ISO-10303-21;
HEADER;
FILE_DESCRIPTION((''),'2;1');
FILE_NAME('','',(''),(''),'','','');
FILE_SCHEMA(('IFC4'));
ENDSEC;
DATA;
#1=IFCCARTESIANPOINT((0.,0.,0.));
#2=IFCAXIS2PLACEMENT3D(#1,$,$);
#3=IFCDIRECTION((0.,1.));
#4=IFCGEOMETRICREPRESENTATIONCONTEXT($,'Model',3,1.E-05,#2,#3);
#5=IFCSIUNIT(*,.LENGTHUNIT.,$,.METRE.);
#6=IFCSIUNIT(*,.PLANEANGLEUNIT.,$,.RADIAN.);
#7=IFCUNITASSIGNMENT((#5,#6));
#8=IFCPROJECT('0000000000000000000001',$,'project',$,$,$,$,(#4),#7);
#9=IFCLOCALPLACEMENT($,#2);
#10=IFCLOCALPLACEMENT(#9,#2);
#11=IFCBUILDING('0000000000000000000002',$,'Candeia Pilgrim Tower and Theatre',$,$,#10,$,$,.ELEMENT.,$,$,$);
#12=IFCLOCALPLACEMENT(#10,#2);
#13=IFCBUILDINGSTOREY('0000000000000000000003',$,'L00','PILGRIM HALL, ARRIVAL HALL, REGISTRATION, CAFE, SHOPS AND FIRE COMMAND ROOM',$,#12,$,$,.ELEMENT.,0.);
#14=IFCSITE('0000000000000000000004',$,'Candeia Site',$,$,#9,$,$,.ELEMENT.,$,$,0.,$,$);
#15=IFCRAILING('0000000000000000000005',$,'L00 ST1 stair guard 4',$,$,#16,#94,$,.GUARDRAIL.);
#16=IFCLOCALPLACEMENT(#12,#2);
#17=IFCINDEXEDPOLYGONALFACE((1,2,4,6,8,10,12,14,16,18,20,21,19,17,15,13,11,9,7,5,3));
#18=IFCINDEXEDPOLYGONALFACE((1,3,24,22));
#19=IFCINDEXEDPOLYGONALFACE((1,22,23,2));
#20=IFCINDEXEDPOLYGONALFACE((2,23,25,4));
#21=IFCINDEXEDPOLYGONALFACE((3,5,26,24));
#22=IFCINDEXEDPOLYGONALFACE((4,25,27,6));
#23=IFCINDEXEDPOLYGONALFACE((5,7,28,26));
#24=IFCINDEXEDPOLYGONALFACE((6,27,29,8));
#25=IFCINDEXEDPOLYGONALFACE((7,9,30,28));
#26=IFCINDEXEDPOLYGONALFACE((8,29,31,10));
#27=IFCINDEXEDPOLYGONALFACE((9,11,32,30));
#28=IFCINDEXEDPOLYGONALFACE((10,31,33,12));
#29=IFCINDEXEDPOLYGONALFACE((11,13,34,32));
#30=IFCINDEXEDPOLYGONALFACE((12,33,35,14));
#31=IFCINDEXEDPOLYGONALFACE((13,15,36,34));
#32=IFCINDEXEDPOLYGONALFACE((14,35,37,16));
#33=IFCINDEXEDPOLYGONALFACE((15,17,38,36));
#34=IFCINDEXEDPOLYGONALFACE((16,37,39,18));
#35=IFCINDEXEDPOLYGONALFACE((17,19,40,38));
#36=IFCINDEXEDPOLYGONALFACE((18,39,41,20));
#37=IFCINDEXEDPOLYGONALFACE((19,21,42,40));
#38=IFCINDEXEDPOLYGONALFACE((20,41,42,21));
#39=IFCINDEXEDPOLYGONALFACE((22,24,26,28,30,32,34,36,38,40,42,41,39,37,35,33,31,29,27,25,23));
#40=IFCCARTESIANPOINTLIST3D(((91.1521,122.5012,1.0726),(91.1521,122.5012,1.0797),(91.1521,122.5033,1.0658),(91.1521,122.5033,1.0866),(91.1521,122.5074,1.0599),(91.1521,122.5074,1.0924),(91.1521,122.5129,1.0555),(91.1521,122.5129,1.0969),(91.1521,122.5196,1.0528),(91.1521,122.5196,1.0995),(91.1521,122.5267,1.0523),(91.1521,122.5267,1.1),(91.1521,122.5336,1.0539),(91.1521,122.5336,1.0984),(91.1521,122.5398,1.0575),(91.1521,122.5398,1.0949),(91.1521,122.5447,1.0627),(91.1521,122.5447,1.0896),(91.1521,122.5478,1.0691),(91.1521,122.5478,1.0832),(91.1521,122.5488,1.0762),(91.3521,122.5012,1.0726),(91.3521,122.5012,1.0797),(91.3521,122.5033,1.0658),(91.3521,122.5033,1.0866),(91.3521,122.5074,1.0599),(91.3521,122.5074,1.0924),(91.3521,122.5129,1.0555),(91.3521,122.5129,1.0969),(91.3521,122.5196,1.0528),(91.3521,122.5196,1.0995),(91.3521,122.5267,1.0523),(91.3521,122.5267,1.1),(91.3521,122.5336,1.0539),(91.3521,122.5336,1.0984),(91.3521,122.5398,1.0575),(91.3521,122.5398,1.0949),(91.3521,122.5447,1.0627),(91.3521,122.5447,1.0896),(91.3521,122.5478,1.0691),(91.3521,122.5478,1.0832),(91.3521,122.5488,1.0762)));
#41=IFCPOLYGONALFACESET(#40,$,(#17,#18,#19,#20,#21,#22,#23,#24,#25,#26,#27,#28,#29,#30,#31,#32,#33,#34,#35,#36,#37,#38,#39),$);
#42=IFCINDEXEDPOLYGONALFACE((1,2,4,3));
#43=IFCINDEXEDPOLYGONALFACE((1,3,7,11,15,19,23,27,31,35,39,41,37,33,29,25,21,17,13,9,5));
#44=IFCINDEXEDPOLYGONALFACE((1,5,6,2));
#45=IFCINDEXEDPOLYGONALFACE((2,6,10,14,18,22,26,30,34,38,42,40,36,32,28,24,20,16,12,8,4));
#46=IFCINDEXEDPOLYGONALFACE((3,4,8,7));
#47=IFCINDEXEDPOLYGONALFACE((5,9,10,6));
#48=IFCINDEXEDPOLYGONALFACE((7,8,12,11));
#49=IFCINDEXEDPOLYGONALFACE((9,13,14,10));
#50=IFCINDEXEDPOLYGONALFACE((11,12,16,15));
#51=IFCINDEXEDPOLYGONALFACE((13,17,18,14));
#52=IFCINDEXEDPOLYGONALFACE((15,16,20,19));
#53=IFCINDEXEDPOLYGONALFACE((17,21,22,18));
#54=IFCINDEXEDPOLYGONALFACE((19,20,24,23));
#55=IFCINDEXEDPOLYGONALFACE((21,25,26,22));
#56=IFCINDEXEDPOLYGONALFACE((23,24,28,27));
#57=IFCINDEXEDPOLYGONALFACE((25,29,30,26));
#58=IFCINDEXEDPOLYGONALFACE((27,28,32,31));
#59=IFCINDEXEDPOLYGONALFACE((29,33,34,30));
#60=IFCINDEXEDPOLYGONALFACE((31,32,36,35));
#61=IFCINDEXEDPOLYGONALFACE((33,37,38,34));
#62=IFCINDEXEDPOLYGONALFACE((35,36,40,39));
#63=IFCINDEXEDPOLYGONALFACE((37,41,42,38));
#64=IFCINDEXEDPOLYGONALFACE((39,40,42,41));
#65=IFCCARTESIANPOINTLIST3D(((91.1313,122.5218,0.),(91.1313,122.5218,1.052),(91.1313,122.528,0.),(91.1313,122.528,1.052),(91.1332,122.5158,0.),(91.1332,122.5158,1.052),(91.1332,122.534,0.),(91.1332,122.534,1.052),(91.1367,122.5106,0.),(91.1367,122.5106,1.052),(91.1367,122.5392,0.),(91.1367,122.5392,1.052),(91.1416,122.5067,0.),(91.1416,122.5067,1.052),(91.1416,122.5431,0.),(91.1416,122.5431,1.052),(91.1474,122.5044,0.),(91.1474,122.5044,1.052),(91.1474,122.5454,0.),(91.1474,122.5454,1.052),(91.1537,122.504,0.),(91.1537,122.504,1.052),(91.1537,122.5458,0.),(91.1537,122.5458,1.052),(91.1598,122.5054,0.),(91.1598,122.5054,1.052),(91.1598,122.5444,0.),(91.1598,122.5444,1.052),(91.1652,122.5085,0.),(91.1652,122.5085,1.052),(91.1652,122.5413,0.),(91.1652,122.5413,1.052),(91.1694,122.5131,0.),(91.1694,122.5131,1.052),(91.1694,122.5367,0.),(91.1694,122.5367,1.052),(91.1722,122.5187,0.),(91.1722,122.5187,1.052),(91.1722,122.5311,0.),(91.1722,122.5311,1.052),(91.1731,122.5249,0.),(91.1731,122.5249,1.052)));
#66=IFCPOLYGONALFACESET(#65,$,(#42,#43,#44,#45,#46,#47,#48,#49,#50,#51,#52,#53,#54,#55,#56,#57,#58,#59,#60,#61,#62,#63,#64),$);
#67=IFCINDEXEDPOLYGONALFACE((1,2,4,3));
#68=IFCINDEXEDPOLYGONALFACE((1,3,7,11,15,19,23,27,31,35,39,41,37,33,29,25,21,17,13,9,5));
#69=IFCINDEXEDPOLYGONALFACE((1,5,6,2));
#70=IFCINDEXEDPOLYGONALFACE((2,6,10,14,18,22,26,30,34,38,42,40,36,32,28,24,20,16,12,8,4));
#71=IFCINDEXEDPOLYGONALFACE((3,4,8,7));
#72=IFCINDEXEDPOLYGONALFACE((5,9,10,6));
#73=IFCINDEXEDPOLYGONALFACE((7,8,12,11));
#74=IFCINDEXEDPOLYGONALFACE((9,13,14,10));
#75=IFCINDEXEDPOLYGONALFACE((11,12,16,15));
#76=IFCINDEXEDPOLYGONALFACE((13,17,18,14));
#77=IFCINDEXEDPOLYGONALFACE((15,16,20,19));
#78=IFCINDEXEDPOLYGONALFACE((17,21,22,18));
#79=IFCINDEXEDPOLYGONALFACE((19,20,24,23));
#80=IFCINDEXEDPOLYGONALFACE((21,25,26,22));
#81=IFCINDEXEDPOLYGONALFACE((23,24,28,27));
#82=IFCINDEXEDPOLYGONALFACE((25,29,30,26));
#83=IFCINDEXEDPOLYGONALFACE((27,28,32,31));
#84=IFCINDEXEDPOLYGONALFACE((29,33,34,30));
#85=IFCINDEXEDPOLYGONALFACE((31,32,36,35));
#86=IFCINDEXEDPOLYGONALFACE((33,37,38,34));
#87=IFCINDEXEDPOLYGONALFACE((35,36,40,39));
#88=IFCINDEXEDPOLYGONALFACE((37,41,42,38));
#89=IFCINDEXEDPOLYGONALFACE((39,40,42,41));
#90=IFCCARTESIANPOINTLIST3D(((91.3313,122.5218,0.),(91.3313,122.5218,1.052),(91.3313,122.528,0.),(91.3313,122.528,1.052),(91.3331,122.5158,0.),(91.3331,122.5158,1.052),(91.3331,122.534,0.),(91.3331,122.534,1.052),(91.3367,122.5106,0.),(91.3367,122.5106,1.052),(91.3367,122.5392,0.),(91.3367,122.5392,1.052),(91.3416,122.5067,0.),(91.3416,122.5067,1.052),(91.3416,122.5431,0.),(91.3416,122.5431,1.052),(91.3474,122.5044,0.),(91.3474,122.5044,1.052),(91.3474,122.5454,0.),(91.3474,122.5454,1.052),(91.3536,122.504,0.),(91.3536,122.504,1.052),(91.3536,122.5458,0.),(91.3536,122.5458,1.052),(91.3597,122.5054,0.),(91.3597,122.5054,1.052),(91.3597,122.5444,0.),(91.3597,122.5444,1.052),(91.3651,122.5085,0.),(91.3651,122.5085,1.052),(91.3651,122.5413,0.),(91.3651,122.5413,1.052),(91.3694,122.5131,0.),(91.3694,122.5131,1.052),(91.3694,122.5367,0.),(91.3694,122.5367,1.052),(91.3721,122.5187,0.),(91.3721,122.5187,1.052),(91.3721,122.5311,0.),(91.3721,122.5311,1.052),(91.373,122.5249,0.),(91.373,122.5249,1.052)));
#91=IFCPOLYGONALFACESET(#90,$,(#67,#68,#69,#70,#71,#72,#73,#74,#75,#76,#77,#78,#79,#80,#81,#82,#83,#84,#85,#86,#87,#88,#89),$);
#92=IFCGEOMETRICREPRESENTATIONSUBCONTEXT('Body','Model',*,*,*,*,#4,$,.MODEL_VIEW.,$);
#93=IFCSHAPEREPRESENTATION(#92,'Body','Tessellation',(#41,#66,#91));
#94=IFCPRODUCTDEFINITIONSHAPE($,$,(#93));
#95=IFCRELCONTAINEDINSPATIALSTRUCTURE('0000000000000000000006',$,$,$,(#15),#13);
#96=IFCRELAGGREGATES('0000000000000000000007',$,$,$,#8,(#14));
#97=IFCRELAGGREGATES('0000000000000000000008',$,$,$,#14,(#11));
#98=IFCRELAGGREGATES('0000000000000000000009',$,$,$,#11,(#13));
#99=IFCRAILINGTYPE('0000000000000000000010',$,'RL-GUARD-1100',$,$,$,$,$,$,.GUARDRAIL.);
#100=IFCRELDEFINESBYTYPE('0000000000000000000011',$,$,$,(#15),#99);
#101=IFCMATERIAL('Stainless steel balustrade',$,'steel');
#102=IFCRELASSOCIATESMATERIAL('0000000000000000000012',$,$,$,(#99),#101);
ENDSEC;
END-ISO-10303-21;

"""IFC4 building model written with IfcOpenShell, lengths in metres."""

from ifc_helpers import new_model, si_unit, direction, frame, origin, origin_2d, place, context, subcontext, project, spatial, circle, extrude, material, type_object, element, save


model = new_model("IFC4")

# Units and contexts
model_context = context("Model", 3, precision=1e-05, world=origin(), true_north=direction((0.0, 1.0)))
body_context = subcontext(model_context, "Body", "Model", "MODEL_VIEW")
ifc_project = project(units=[si_unit("LENGTHUNIT", "METRE"), si_unit("PLANEANGLEUNIT", "RADIAN")], contexts=[model_context])

# Site, building, storey
site_placement = place(None, origin())
site = spatial("IfcSite", under=ifc_project, at=site_placement, Name="Candeia Site", CompositionType="ELEMENT", RefElevation=0.0)
building_placement = place(site_placement, origin())
building = spatial("IfcBuilding", under=site, at=building_placement, Name="Candeia Pilgrim Tower and Theatre", CompositionType="ELEMENT")
storey_placement = place(building_placement, origin())
storey = spatial("IfcBuildingStorey", under=building, at=storey_placement, Name="L00", Description="PILGRIM HALL, ARRIVAL HALL, REGISTRATION, CAFE, SHOPS AND FIRE COMMAND ROOM", CompositionType="ELEMENT", Elevation=0.0)

# Railing
ifc_material_1 = material(Name="Stainless steel balustrade", Category="steel")
railing_type_1 = type_object("IfcRailingType", Name="RL-GUARD-1100", PredefinedType="GUARDRAIL", material=ifc_material_1)
railing_1_placement = place(storey_placement, frame((91.1521, 122.5249, 0.0)))
element("IfcRailing", 1, at=railing_1_placement, inside=storey, type_object=railing_type_1, Name="L00 ST1 stair guard 4", PredefinedType="GUARDRAIL", context=body_context, shape_type="SweptSolid", body=[
    extrude(circle(Radius=0.0239, at=origin_2d()), frame((0.0, 0.0, 1.0762), z_axis=(1.0, 0.0, 0.0), x_axis=(0.0, 1.0, 0.0)), (0.0, 0.0, 1.0), 0.2),
    extrude(circle(Radius=0.021, at=origin_2d()), origin(), (0.0, 0.0, 1.0), 1.052),
    extrude(circle(Radius=0.021, at=origin_2d()), frame((0.2, 0.0, 0.0)), (0.0, 0.0, 1.0), 1.052),
])

save(model, "model.ifc")
